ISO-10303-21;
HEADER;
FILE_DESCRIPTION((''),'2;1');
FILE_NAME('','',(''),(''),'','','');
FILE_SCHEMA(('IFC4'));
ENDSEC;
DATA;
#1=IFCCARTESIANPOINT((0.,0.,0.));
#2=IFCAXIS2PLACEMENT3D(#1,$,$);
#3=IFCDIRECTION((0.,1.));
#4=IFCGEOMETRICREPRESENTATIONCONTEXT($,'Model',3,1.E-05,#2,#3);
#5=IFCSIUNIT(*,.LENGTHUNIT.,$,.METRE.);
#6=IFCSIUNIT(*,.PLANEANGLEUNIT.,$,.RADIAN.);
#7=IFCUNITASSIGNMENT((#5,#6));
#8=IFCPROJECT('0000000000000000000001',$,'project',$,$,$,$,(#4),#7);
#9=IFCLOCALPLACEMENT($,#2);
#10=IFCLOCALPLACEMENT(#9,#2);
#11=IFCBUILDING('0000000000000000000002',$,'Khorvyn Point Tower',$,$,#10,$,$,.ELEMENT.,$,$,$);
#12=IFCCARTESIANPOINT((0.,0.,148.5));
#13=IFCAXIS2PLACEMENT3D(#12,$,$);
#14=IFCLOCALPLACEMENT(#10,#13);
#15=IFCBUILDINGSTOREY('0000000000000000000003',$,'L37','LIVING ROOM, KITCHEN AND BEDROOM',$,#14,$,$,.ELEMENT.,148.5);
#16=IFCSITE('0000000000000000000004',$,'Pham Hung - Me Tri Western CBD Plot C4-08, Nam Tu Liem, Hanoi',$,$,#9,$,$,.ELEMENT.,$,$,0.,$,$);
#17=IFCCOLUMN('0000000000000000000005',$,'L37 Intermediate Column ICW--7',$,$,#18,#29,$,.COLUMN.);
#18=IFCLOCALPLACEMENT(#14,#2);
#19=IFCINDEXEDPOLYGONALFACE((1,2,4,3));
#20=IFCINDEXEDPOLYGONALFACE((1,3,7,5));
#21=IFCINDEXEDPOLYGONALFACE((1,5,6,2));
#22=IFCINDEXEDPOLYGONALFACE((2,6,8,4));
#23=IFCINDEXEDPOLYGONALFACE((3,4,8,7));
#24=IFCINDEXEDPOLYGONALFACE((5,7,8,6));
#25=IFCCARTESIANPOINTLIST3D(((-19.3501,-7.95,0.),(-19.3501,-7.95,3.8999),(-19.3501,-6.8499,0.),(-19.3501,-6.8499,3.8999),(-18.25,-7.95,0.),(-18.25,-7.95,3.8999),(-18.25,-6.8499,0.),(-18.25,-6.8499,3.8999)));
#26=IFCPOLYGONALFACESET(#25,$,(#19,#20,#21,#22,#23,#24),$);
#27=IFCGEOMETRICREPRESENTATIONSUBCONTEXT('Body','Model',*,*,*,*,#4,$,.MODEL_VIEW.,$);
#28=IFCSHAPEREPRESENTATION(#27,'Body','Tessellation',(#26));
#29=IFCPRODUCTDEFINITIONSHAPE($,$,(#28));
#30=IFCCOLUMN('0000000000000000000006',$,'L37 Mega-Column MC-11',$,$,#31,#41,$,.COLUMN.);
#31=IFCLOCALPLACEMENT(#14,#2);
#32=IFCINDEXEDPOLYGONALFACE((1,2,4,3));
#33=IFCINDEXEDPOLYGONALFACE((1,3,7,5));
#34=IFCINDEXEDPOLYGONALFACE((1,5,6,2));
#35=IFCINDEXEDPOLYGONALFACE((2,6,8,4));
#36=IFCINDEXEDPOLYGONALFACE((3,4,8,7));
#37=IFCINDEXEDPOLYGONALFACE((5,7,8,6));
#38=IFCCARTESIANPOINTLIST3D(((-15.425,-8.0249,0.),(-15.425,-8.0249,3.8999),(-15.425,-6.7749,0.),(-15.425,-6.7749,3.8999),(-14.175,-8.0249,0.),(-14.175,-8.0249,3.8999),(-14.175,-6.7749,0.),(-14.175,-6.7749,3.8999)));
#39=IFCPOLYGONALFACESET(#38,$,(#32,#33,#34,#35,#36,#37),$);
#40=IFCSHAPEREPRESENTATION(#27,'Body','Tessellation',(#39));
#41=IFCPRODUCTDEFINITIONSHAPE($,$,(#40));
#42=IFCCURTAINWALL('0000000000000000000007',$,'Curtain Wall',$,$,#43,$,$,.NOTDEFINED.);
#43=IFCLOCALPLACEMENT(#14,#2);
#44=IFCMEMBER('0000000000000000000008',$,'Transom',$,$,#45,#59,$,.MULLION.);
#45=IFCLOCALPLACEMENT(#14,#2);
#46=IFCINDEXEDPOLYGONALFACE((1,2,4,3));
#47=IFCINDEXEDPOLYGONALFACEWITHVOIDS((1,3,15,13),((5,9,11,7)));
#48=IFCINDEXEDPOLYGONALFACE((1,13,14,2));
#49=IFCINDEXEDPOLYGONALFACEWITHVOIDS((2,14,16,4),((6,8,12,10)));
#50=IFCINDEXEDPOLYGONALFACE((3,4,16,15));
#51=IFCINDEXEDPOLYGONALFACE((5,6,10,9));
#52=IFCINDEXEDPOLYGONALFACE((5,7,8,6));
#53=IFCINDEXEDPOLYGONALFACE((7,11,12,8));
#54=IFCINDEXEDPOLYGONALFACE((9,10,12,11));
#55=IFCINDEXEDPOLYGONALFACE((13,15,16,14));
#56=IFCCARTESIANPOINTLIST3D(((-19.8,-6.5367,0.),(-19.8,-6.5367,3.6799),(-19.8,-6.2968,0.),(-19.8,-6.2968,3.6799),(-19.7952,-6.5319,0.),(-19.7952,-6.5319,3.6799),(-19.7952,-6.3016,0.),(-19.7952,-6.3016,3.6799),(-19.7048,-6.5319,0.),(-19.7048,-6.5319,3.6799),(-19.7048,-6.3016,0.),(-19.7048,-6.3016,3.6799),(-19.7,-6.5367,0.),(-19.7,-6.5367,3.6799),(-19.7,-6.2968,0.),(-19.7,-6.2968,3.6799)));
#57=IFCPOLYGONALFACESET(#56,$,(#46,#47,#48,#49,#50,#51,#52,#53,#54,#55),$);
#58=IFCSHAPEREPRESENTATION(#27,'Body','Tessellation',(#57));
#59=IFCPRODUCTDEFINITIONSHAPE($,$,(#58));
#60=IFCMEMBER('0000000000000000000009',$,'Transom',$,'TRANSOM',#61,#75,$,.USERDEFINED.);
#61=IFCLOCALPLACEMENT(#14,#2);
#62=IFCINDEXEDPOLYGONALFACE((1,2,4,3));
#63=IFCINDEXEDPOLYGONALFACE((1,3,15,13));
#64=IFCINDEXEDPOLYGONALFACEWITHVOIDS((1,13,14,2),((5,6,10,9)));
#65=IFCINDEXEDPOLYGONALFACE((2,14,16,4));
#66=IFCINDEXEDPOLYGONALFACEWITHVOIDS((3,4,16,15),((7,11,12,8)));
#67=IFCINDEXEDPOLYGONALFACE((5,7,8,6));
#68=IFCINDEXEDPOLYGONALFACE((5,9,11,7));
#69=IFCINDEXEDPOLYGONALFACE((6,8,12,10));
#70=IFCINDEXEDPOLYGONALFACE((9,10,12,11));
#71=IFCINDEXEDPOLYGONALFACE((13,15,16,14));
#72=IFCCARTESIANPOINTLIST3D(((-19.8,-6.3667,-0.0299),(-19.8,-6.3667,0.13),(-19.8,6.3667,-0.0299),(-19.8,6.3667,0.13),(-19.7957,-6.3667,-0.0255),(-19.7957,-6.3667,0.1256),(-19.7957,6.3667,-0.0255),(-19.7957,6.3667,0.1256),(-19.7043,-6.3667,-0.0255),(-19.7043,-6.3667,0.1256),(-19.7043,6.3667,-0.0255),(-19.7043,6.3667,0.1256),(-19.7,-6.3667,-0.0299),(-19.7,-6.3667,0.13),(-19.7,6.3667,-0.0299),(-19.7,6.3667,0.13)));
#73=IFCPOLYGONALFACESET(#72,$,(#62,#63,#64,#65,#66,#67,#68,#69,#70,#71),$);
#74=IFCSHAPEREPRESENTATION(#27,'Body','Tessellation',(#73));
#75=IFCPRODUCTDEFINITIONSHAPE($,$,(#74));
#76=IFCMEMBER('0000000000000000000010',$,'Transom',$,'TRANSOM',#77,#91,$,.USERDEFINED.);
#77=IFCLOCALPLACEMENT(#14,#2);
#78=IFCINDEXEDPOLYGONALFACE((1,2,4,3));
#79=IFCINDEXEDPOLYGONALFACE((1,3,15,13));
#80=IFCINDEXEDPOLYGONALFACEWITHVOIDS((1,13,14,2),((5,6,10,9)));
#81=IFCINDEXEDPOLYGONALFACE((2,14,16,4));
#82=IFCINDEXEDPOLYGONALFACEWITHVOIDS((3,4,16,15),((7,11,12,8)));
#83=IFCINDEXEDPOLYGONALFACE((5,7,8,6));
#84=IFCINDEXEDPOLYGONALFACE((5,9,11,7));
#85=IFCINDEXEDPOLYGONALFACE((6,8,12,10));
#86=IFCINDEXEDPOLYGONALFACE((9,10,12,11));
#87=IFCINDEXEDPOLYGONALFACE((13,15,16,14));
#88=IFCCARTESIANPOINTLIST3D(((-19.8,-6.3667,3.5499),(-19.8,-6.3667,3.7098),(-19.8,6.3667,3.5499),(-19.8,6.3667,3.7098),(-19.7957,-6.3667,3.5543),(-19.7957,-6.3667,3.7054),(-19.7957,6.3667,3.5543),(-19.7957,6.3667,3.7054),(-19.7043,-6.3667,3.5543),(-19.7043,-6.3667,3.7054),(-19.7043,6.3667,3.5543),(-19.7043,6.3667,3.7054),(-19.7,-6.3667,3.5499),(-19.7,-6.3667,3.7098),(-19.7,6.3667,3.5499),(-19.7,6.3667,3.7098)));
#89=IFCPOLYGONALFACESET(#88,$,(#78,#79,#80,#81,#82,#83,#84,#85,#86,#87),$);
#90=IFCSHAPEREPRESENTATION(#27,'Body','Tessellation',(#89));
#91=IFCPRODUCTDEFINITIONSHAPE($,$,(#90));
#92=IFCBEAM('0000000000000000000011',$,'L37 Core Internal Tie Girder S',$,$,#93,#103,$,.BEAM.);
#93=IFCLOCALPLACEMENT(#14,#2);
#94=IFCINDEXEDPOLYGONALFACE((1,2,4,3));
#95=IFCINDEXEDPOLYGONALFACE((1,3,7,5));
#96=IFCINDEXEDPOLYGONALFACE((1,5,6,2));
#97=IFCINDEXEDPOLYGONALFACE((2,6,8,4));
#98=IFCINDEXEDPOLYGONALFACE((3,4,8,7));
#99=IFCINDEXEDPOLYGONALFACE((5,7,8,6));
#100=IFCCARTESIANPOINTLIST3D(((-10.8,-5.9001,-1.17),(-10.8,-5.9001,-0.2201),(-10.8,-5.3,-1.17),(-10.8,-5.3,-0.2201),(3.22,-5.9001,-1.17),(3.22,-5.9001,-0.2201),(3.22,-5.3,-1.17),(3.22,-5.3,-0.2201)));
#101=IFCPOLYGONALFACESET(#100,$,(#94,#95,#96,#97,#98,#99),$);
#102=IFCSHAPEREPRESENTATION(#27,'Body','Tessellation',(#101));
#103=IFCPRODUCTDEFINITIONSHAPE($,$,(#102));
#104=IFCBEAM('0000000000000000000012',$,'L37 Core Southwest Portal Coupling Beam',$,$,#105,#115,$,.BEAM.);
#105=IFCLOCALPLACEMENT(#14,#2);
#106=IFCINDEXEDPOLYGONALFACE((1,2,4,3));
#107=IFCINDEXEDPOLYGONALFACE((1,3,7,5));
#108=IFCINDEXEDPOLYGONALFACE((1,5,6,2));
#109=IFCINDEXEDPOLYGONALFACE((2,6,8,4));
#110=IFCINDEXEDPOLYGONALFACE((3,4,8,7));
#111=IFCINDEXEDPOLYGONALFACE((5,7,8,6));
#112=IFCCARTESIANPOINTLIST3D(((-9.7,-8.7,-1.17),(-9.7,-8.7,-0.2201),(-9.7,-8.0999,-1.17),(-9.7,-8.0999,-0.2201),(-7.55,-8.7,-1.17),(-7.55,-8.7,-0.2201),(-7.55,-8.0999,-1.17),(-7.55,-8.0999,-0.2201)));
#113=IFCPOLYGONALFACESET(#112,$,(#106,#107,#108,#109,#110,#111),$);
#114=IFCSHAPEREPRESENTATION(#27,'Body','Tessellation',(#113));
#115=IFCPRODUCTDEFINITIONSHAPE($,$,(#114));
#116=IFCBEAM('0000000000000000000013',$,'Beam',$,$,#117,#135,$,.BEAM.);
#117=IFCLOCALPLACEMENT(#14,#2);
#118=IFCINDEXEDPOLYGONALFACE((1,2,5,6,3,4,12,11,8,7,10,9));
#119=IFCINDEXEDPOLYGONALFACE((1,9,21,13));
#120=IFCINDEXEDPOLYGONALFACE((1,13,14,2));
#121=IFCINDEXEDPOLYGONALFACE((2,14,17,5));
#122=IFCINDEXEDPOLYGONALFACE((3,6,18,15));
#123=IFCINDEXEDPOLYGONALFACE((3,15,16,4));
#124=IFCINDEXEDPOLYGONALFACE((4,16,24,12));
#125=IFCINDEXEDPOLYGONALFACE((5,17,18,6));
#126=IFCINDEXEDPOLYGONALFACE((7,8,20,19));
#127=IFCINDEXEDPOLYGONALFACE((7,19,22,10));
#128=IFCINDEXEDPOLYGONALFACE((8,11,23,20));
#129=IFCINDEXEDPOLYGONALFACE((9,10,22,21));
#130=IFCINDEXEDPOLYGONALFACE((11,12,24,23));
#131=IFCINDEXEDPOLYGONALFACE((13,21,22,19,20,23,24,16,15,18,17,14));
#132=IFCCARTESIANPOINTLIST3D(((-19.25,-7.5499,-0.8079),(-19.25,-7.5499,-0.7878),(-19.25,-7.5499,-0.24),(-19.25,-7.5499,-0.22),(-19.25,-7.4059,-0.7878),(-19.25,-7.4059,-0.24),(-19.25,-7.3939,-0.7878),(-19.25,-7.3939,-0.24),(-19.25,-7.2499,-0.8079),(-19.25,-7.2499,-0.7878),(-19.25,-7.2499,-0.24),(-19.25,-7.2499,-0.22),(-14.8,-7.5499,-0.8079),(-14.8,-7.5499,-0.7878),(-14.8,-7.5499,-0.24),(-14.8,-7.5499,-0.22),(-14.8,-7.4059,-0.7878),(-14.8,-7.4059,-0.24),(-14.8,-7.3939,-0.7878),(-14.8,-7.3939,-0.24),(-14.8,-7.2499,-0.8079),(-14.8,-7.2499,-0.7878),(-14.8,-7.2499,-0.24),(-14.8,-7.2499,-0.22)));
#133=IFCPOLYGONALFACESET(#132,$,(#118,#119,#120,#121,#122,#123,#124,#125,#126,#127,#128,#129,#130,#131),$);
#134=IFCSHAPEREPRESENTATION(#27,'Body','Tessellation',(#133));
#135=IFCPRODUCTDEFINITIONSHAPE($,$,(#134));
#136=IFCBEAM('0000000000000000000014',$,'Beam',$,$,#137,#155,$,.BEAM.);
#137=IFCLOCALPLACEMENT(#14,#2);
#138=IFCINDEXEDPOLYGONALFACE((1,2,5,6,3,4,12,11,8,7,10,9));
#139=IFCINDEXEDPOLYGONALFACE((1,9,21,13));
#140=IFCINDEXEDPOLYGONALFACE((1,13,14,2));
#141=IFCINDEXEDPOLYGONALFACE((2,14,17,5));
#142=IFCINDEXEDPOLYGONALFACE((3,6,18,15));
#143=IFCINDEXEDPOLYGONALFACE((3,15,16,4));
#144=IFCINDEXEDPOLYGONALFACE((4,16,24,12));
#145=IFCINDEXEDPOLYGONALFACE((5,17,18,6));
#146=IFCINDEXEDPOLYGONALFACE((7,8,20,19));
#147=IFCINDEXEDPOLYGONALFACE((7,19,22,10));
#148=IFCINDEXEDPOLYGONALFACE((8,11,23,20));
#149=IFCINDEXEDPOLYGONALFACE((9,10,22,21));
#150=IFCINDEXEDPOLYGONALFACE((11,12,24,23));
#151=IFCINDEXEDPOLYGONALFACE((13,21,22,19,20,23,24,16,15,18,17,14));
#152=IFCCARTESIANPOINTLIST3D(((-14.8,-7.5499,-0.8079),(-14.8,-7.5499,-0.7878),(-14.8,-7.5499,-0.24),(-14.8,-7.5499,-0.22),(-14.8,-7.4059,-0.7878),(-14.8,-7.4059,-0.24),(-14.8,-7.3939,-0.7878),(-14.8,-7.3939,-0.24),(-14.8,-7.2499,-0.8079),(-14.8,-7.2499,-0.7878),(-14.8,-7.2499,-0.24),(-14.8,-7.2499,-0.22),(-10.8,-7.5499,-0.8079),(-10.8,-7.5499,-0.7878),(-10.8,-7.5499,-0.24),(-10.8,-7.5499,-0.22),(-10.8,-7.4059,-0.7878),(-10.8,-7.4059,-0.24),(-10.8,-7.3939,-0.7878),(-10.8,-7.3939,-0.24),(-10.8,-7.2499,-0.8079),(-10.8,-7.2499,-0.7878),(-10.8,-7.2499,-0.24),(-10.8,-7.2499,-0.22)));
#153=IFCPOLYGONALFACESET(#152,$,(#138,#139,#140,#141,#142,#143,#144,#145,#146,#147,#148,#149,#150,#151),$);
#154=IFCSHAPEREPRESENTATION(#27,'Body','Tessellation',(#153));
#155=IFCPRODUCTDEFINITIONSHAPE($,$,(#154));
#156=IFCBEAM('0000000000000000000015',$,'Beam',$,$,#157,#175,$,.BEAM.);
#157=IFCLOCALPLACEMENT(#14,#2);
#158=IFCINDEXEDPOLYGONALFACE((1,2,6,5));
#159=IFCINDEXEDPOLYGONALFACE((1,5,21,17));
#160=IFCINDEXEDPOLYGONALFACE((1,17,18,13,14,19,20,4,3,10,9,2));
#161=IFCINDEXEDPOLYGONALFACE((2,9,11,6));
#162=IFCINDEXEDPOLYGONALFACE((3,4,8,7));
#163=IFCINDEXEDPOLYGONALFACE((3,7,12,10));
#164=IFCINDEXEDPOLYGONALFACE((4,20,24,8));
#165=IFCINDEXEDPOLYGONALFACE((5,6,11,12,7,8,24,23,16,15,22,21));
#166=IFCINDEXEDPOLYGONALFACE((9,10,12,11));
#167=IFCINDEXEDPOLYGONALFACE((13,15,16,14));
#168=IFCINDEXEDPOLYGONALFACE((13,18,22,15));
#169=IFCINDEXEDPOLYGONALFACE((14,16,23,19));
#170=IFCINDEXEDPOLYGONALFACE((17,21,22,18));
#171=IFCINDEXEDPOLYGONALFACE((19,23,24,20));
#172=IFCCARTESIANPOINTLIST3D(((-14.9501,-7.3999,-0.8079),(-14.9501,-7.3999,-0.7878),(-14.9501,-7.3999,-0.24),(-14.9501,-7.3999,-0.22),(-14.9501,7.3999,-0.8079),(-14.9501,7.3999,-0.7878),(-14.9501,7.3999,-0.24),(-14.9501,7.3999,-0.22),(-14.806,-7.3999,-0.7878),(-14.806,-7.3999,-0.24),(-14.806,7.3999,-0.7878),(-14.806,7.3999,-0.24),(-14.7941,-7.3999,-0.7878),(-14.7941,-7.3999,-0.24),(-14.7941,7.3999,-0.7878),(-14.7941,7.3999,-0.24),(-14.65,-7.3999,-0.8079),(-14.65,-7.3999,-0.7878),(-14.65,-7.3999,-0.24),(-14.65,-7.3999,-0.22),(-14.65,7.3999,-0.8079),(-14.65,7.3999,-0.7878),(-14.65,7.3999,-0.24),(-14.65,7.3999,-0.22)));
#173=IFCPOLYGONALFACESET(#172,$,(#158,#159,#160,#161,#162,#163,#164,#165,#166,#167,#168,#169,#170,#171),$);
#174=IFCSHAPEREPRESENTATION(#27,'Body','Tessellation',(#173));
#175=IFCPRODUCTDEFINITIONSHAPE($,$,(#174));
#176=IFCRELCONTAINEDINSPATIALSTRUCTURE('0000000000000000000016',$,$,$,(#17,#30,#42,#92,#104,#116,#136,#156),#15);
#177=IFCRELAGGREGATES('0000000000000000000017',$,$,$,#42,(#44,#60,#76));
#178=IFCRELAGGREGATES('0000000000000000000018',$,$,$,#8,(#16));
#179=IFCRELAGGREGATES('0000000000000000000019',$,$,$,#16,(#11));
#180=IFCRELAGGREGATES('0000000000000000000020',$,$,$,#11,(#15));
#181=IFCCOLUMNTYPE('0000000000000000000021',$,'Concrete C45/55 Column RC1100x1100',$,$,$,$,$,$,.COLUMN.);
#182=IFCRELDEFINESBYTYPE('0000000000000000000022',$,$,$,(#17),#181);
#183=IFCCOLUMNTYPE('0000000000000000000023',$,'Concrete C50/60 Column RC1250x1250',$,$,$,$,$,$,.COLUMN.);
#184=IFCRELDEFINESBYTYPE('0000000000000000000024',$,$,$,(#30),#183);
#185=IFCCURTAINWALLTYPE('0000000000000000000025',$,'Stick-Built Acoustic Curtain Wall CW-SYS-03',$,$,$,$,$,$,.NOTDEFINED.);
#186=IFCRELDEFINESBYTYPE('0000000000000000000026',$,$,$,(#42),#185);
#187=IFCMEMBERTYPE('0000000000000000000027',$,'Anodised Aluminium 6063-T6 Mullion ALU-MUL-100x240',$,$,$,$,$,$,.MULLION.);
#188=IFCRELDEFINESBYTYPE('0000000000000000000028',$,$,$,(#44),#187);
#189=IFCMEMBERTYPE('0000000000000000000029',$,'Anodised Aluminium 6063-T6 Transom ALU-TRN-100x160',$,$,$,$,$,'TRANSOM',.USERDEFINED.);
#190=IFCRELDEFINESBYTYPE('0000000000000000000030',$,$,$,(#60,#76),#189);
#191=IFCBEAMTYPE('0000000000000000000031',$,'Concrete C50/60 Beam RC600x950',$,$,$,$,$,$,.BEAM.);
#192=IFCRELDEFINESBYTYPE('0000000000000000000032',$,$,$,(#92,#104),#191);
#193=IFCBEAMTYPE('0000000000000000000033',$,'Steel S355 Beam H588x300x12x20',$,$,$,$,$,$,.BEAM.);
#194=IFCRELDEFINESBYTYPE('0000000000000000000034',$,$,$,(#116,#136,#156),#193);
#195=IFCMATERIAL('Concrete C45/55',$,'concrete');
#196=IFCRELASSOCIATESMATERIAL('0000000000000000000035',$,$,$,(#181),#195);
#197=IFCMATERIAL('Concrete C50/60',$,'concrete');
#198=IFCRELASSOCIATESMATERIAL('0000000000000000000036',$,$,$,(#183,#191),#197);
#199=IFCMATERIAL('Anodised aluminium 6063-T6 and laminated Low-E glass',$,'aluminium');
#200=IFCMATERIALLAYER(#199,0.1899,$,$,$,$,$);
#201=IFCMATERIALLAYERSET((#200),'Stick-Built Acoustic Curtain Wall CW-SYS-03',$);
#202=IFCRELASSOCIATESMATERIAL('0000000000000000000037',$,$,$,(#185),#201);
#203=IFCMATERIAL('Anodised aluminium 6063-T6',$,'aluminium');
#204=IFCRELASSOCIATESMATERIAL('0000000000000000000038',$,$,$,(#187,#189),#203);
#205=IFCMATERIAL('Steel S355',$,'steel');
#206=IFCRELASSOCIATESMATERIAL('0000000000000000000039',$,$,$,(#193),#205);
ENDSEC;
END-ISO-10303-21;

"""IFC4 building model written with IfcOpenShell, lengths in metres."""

from ifc_helpers import new_model, si_unit, direction, frame, origin, origin_2d, place, context, subcontext, project, spatial, rectangle, hollow_rectangle, i_section, extrude, material, layer, layer_set, material_profile, profile_set, type_object, element, aggregate, save


model = new_model("IFC4")

# Units and contexts
model_context = context("Model", 3, precision=1e-05, world=origin(), true_north=direction((0.0, 1.0)))
body_context = subcontext(model_context, "Body", "Model", "MODEL_VIEW")
ifc_project = project(units=[si_unit("LENGTHUNIT", "METRE"), si_unit("PLANEANGLEUNIT", "RADIAN")], contexts=[model_context])

# Site, building, storey
site_placement = place(None, origin())
site = spatial("IfcSite", under=ifc_project, at=site_placement, Name="Pham Hung - Me Tri Western CBD Plot C4-08, Nam Tu Liem, Hanoi", CompositionType="ELEMENT", RefElevation=0.0)
building_placement = place(site_placement, origin())
building = spatial("IfcBuilding", under=site, at=building_placement, Name="Khorvyn Point Tower", CompositionType="ELEMENT")
storey_placement = place(building_placement, frame((0.0, 0.0, 148.5)))
storey = spatial("IfcBuildingStorey", under=building, at=storey_placement, Name="L37", Description="LIVING ROOM, KITCHEN AND BEDROOM", CompositionType="ELEMENT", Elevation=148.5)

# Columns
ifc_material_1 = material(Name="Concrete C45/55", Category="concrete")
ifc_material_profile_1 = material_profile(ifc_material_1, rectangle(XDim=1.1001, YDim=1.1001, at=origin_2d()))
ifc_profile_set_1 = profile_set([ifc_material_profile_1], Name="Concrete C45/55 RC1100x1100")
column_type_1 = type_object("IfcColumnType", Name="Concrete C45/55 Column RC1100x1100", PredefinedType="COLUMN", material=ifc_profile_set_1)
column_1_placement = place(storey_placement, frame((-18.8, -7.3999, 0.0), z_axis=(0.0, 0.0, 1.0), x_axis=(1.0, 0.0, 0.0)))
element("IfcColumn", 1, at=column_1_placement, inside=storey, type_object=column_type_1, Name="L37 Intermediate Column ICW--7", PredefinedType="COLUMN", context=body_context, shape_type="SweptSolid", body=[
    extrude(rectangle(XDim=1.1001, YDim=1.1001, at=origin_2d()), origin(), (0.0, 0.0, 1.0), 3.8999),
])
ifc_material_2 = material(Name="Concrete C50/60", Category="concrete")
ifc_material_profile_2 = material_profile(ifc_material_2, rectangle(XDim=1.25, YDim=1.25, at=origin_2d()))
ifc_profile_set_2 = profile_set([ifc_material_profile_2], Name="Concrete C50/60 RC1250x1250")
column_type_2 = type_object("IfcColumnType", Name="Concrete C50/60 Column RC1250x1250", PredefinedType="COLUMN", material=ifc_profile_set_2)
column_2_placement = place(storey_placement, frame((-14.8, -7.3999, 0.0), z_axis=(0.0, 0.0, 1.0), x_axis=(1.0, 0.0, 0.0)))
element("IfcColumn", 2, at=column_2_placement, inside=storey, type_object=column_type_2, Name="L37 Mega-Column MC-11", PredefinedType="COLUMN", context=body_context, shape_type="SweptSolid", body=[
    extrude(rectangle(XDim=1.25, YDim=1.25, at=origin_2d()), origin(), (0.0, 0.0, 1.0), 3.8999),
])

# Curtain wall, members
ifc_material_3 = material(Name="Anodised aluminium 6063-T6 and laminated Low-E glass", Category="aluminium")
ifc_layer_1 = layer(ifc_material_3, 0.1899)
ifc_layer_set_1 = layer_set([ifc_layer_1], Name="Stick-Built Acoustic Curtain Wall CW-SYS-03")
curtain_wall_type = type_object("IfcCurtainWallType", Name="Stick-Built Acoustic Curtain Wall CW-SYS-03", PredefinedType="NOTDEFINED", material=ifc_layer_set_1)
curtain_wall_placement = place(storey_placement, origin())
curtain_wall = element("IfcCurtainWall", 3, at=curtain_wall_placement, inside=storey, type_object=curtain_wall_type, Name="Curtain Wall", PredefinedType="NOTDEFINED")
ifc_material_4 = material(Name="Anodised aluminium 6063-T6", Category="aluminium")
ifc_material_profile_3 = material_profile(ifc_material_4, hollow_rectangle(XDim=0.1001, YDim=0.24, WallThickness=0.0049, at=origin_2d()))
ifc_profile_set_3 = profile_set([ifc_material_profile_3], Name="Anodised aluminium 6063-T6 ALU-MUL-100x240")
member_type_1 = type_object("IfcMemberType", Name="Anodised Aluminium 6063-T6 Mullion ALU-MUL-100x240", PredefinedType="MULLION", material=ifc_profile_set_3)
member_1_placement = place(storey_placement, frame((-19.75, -6.4167, 0.0), z_axis=(0.0, 0.0, 1.0), x_axis=(-1.0, 0.0, 0.0)))
member_1 = element("IfcMember", 4, at=member_1_placement, type_object=member_type_1, Name="Transom", PredefinedType="MULLION", context=body_context, shape_type="SweptSolid", body=[
    extrude(hollow_rectangle(XDim=0.1001, YDim=0.24, WallThickness=0.0049, at=origin_2d()), origin(), (0.0, 0.0, 1.0), 3.6799),
])
ifc_material_profile_4 = material_profile(ifc_material_4, hollow_rectangle(XDim=0.1001, YDim=0.1599, WallThickness=0.0044, at=origin_2d()))
ifc_profile_set_4 = profile_set([ifc_material_profile_4], Name="Anodised aluminium 6063-T6 ALU-TRN-100x160")
member_type_2 = type_object("IfcMemberType", Name="Anodised Aluminium 6063-T6 Transom ALU-TRN-100x160", ElementType="TRANSOM", PredefinedType="USERDEFINED", material=ifc_profile_set_4)
member_2_placement = place(storey_placement, frame((-19.75, -6.3667, 0.05), z_axis=(0.0, 1.0, 0.0), x_axis=(-1.0, 0.0, 0.0)))
member_2 = element("IfcMember", 5, at=member_2_placement, type_object=member_type_2, Name="Transom", ObjectType="TRANSOM", PredefinedType="USERDEFINED", context=body_context, shape_type="SweptSolid", body=[
    extrude(hollow_rectangle(XDim=0.1001, YDim=0.1599, WallThickness=0.0044, at=origin_2d()), origin(), (0.0, 0.0, 1.0), 12.7334),
])
member_3_placement = place(storey_placement, frame((-19.75, -6.3667, 3.6299), z_axis=(0.0, 1.0, 0.0), x_axis=(-1.0, 0.0, 0.0)))
member_3 = element("IfcMember", 6, at=member_3_placement, type_object=member_type_2, Name="Transom", ObjectType="TRANSOM", PredefinedType="USERDEFINED", context=body_context, shape_type="SweptSolid", body=[
    extrude(hollow_rectangle(XDim=0.1001, YDim=0.1599, WallThickness=0.0044, at=origin_2d()), origin(), (0.0, 0.0, 1.0), 12.7334),
])

# Beams
ifc_material_profile_5 = material_profile(ifc_material_2, rectangle(XDim=0.6001, YDim=0.95, at=origin_2d()))
ifc_profile_set_5 = profile_set([ifc_material_profile_5], Name="Concrete C50/60 RC600x950")
beam_type_1 = type_object("IfcBeamType", Name="Concrete C50/60 Beam RC600x950", PredefinedType="BEAM", material=ifc_profile_set_5)
beam_1_placement = place(storey_placement, frame((-10.8, -5.6001, -0.6951), z_axis=(1.0, 0.0, 0.0), x_axis=(0.0, 1.0, 0.0)))
element("IfcBeam", 7, at=beam_1_placement, inside=storey, type_object=beam_type_1, Name="L37 Core Internal Tie Girder S", PredefinedType="BEAM", context=body_context, shape_type="SweptSolid", body=[
    extrude(rectangle(XDim=0.6001, YDim=0.95, at=origin_2d()), origin(), (0.0, 0.0, 1.0), 14.02),
])
beam_2_placement = place(storey_placement, frame((-9.7, -8.3999, -0.6951), z_axis=(1.0, 0.0, 0.0), x_axis=(0.0, 1.0, 0.0)))
element("IfcBeam", 8, at=beam_2_placement, inside=storey, type_object=beam_type_1, Name="L37 Core Southwest Portal Coupling Beam", PredefinedType="BEAM", context=body_context, shape_type="SweptSolid", body=[
    extrude(rectangle(XDim=0.6001, YDim=0.95, at=origin_2d()), origin(), (0.0, 0.0, 1.0), 2.1499),
])
ifc_material_5 = material(Name="Steel S355", Category="steel")
ifc_material_profile_6 = material_profile(ifc_material_5, i_section(OverallWidth=0.3, OverallDepth=0.5879, WebThickness=0.012, FlangeThickness=0.02, at=origin_2d()))
ifc_profile_set_6 = profile_set([ifc_material_profile_6], Name="Steel S355 H588x300x12x20")
beam_type_2 = type_object("IfcBeamType", Name="Steel S355 Beam H588x300x12x20", PredefinedType="BEAM", material=ifc_profile_set_6)
beam_3_placement = place(storey_placement, frame((-19.25, -7.3999, -0.5139), z_axis=(1.0, 0.0, 0.0), x_axis=(0.0, 1.0, 0.0)))
element("IfcBeam", 9, at=beam_3_placement, inside=storey, type_object=beam_type_2, Name="Beam", PredefinedType="BEAM", context=body_context, shape_type="SweptSolid", body=[
    extrude(i_section(OverallWidth=0.3, OverallDepth=0.5879, WebThickness=0.012, FlangeThickness=0.02, at=origin_2d()), origin(), (0.0, 0.0, 1.0), 4.45),
])
beam_4_placement = place(storey_placement, frame((-14.8, -7.3999, -0.5139), z_axis=(1.0, 0.0, 0.0), x_axis=(0.0, 1.0, 0.0)))
element("IfcBeam", 10, at=beam_4_placement, inside=storey, type_object=beam_type_2, Name="Beam", PredefinedType="BEAM", context=body_context, shape_type="SweptSolid", body=[
    extrude(i_section(OverallWidth=0.3, OverallDepth=0.5879, WebThickness=0.012, FlangeThickness=0.02, at=origin_2d()), origin(), (0.0, 0.0, 1.0), 4.0),
])
for number, where, z_axis, x_axis, name in (
    (11, (-14.8, -7.3999, -0.5139), (0.0, 1.0, 0.0), (-1.0, 0.0, 0.0), "Beam"),
):
    element("IfcBeam", number, at=place(storey_placement, frame(where, z_axis=z_axis, x_axis=x_axis)), inside=storey, type_object=beam_type_2, Name=name, PredefinedType="BEAM", context=body_context, shape_type="SweptSolid", body=[
        extrude(i_section(OverallWidth=0.3, OverallDepth=0.5879, WebThickness=0.012, FlangeThickness=0.02, at=origin_2d()), origin(), (0.0, 0.0, 1.0), 14.7998),
    ])

aggregate(curtain_wall, [member_1, member_2, member_3])

save(model, "model.ifc")
